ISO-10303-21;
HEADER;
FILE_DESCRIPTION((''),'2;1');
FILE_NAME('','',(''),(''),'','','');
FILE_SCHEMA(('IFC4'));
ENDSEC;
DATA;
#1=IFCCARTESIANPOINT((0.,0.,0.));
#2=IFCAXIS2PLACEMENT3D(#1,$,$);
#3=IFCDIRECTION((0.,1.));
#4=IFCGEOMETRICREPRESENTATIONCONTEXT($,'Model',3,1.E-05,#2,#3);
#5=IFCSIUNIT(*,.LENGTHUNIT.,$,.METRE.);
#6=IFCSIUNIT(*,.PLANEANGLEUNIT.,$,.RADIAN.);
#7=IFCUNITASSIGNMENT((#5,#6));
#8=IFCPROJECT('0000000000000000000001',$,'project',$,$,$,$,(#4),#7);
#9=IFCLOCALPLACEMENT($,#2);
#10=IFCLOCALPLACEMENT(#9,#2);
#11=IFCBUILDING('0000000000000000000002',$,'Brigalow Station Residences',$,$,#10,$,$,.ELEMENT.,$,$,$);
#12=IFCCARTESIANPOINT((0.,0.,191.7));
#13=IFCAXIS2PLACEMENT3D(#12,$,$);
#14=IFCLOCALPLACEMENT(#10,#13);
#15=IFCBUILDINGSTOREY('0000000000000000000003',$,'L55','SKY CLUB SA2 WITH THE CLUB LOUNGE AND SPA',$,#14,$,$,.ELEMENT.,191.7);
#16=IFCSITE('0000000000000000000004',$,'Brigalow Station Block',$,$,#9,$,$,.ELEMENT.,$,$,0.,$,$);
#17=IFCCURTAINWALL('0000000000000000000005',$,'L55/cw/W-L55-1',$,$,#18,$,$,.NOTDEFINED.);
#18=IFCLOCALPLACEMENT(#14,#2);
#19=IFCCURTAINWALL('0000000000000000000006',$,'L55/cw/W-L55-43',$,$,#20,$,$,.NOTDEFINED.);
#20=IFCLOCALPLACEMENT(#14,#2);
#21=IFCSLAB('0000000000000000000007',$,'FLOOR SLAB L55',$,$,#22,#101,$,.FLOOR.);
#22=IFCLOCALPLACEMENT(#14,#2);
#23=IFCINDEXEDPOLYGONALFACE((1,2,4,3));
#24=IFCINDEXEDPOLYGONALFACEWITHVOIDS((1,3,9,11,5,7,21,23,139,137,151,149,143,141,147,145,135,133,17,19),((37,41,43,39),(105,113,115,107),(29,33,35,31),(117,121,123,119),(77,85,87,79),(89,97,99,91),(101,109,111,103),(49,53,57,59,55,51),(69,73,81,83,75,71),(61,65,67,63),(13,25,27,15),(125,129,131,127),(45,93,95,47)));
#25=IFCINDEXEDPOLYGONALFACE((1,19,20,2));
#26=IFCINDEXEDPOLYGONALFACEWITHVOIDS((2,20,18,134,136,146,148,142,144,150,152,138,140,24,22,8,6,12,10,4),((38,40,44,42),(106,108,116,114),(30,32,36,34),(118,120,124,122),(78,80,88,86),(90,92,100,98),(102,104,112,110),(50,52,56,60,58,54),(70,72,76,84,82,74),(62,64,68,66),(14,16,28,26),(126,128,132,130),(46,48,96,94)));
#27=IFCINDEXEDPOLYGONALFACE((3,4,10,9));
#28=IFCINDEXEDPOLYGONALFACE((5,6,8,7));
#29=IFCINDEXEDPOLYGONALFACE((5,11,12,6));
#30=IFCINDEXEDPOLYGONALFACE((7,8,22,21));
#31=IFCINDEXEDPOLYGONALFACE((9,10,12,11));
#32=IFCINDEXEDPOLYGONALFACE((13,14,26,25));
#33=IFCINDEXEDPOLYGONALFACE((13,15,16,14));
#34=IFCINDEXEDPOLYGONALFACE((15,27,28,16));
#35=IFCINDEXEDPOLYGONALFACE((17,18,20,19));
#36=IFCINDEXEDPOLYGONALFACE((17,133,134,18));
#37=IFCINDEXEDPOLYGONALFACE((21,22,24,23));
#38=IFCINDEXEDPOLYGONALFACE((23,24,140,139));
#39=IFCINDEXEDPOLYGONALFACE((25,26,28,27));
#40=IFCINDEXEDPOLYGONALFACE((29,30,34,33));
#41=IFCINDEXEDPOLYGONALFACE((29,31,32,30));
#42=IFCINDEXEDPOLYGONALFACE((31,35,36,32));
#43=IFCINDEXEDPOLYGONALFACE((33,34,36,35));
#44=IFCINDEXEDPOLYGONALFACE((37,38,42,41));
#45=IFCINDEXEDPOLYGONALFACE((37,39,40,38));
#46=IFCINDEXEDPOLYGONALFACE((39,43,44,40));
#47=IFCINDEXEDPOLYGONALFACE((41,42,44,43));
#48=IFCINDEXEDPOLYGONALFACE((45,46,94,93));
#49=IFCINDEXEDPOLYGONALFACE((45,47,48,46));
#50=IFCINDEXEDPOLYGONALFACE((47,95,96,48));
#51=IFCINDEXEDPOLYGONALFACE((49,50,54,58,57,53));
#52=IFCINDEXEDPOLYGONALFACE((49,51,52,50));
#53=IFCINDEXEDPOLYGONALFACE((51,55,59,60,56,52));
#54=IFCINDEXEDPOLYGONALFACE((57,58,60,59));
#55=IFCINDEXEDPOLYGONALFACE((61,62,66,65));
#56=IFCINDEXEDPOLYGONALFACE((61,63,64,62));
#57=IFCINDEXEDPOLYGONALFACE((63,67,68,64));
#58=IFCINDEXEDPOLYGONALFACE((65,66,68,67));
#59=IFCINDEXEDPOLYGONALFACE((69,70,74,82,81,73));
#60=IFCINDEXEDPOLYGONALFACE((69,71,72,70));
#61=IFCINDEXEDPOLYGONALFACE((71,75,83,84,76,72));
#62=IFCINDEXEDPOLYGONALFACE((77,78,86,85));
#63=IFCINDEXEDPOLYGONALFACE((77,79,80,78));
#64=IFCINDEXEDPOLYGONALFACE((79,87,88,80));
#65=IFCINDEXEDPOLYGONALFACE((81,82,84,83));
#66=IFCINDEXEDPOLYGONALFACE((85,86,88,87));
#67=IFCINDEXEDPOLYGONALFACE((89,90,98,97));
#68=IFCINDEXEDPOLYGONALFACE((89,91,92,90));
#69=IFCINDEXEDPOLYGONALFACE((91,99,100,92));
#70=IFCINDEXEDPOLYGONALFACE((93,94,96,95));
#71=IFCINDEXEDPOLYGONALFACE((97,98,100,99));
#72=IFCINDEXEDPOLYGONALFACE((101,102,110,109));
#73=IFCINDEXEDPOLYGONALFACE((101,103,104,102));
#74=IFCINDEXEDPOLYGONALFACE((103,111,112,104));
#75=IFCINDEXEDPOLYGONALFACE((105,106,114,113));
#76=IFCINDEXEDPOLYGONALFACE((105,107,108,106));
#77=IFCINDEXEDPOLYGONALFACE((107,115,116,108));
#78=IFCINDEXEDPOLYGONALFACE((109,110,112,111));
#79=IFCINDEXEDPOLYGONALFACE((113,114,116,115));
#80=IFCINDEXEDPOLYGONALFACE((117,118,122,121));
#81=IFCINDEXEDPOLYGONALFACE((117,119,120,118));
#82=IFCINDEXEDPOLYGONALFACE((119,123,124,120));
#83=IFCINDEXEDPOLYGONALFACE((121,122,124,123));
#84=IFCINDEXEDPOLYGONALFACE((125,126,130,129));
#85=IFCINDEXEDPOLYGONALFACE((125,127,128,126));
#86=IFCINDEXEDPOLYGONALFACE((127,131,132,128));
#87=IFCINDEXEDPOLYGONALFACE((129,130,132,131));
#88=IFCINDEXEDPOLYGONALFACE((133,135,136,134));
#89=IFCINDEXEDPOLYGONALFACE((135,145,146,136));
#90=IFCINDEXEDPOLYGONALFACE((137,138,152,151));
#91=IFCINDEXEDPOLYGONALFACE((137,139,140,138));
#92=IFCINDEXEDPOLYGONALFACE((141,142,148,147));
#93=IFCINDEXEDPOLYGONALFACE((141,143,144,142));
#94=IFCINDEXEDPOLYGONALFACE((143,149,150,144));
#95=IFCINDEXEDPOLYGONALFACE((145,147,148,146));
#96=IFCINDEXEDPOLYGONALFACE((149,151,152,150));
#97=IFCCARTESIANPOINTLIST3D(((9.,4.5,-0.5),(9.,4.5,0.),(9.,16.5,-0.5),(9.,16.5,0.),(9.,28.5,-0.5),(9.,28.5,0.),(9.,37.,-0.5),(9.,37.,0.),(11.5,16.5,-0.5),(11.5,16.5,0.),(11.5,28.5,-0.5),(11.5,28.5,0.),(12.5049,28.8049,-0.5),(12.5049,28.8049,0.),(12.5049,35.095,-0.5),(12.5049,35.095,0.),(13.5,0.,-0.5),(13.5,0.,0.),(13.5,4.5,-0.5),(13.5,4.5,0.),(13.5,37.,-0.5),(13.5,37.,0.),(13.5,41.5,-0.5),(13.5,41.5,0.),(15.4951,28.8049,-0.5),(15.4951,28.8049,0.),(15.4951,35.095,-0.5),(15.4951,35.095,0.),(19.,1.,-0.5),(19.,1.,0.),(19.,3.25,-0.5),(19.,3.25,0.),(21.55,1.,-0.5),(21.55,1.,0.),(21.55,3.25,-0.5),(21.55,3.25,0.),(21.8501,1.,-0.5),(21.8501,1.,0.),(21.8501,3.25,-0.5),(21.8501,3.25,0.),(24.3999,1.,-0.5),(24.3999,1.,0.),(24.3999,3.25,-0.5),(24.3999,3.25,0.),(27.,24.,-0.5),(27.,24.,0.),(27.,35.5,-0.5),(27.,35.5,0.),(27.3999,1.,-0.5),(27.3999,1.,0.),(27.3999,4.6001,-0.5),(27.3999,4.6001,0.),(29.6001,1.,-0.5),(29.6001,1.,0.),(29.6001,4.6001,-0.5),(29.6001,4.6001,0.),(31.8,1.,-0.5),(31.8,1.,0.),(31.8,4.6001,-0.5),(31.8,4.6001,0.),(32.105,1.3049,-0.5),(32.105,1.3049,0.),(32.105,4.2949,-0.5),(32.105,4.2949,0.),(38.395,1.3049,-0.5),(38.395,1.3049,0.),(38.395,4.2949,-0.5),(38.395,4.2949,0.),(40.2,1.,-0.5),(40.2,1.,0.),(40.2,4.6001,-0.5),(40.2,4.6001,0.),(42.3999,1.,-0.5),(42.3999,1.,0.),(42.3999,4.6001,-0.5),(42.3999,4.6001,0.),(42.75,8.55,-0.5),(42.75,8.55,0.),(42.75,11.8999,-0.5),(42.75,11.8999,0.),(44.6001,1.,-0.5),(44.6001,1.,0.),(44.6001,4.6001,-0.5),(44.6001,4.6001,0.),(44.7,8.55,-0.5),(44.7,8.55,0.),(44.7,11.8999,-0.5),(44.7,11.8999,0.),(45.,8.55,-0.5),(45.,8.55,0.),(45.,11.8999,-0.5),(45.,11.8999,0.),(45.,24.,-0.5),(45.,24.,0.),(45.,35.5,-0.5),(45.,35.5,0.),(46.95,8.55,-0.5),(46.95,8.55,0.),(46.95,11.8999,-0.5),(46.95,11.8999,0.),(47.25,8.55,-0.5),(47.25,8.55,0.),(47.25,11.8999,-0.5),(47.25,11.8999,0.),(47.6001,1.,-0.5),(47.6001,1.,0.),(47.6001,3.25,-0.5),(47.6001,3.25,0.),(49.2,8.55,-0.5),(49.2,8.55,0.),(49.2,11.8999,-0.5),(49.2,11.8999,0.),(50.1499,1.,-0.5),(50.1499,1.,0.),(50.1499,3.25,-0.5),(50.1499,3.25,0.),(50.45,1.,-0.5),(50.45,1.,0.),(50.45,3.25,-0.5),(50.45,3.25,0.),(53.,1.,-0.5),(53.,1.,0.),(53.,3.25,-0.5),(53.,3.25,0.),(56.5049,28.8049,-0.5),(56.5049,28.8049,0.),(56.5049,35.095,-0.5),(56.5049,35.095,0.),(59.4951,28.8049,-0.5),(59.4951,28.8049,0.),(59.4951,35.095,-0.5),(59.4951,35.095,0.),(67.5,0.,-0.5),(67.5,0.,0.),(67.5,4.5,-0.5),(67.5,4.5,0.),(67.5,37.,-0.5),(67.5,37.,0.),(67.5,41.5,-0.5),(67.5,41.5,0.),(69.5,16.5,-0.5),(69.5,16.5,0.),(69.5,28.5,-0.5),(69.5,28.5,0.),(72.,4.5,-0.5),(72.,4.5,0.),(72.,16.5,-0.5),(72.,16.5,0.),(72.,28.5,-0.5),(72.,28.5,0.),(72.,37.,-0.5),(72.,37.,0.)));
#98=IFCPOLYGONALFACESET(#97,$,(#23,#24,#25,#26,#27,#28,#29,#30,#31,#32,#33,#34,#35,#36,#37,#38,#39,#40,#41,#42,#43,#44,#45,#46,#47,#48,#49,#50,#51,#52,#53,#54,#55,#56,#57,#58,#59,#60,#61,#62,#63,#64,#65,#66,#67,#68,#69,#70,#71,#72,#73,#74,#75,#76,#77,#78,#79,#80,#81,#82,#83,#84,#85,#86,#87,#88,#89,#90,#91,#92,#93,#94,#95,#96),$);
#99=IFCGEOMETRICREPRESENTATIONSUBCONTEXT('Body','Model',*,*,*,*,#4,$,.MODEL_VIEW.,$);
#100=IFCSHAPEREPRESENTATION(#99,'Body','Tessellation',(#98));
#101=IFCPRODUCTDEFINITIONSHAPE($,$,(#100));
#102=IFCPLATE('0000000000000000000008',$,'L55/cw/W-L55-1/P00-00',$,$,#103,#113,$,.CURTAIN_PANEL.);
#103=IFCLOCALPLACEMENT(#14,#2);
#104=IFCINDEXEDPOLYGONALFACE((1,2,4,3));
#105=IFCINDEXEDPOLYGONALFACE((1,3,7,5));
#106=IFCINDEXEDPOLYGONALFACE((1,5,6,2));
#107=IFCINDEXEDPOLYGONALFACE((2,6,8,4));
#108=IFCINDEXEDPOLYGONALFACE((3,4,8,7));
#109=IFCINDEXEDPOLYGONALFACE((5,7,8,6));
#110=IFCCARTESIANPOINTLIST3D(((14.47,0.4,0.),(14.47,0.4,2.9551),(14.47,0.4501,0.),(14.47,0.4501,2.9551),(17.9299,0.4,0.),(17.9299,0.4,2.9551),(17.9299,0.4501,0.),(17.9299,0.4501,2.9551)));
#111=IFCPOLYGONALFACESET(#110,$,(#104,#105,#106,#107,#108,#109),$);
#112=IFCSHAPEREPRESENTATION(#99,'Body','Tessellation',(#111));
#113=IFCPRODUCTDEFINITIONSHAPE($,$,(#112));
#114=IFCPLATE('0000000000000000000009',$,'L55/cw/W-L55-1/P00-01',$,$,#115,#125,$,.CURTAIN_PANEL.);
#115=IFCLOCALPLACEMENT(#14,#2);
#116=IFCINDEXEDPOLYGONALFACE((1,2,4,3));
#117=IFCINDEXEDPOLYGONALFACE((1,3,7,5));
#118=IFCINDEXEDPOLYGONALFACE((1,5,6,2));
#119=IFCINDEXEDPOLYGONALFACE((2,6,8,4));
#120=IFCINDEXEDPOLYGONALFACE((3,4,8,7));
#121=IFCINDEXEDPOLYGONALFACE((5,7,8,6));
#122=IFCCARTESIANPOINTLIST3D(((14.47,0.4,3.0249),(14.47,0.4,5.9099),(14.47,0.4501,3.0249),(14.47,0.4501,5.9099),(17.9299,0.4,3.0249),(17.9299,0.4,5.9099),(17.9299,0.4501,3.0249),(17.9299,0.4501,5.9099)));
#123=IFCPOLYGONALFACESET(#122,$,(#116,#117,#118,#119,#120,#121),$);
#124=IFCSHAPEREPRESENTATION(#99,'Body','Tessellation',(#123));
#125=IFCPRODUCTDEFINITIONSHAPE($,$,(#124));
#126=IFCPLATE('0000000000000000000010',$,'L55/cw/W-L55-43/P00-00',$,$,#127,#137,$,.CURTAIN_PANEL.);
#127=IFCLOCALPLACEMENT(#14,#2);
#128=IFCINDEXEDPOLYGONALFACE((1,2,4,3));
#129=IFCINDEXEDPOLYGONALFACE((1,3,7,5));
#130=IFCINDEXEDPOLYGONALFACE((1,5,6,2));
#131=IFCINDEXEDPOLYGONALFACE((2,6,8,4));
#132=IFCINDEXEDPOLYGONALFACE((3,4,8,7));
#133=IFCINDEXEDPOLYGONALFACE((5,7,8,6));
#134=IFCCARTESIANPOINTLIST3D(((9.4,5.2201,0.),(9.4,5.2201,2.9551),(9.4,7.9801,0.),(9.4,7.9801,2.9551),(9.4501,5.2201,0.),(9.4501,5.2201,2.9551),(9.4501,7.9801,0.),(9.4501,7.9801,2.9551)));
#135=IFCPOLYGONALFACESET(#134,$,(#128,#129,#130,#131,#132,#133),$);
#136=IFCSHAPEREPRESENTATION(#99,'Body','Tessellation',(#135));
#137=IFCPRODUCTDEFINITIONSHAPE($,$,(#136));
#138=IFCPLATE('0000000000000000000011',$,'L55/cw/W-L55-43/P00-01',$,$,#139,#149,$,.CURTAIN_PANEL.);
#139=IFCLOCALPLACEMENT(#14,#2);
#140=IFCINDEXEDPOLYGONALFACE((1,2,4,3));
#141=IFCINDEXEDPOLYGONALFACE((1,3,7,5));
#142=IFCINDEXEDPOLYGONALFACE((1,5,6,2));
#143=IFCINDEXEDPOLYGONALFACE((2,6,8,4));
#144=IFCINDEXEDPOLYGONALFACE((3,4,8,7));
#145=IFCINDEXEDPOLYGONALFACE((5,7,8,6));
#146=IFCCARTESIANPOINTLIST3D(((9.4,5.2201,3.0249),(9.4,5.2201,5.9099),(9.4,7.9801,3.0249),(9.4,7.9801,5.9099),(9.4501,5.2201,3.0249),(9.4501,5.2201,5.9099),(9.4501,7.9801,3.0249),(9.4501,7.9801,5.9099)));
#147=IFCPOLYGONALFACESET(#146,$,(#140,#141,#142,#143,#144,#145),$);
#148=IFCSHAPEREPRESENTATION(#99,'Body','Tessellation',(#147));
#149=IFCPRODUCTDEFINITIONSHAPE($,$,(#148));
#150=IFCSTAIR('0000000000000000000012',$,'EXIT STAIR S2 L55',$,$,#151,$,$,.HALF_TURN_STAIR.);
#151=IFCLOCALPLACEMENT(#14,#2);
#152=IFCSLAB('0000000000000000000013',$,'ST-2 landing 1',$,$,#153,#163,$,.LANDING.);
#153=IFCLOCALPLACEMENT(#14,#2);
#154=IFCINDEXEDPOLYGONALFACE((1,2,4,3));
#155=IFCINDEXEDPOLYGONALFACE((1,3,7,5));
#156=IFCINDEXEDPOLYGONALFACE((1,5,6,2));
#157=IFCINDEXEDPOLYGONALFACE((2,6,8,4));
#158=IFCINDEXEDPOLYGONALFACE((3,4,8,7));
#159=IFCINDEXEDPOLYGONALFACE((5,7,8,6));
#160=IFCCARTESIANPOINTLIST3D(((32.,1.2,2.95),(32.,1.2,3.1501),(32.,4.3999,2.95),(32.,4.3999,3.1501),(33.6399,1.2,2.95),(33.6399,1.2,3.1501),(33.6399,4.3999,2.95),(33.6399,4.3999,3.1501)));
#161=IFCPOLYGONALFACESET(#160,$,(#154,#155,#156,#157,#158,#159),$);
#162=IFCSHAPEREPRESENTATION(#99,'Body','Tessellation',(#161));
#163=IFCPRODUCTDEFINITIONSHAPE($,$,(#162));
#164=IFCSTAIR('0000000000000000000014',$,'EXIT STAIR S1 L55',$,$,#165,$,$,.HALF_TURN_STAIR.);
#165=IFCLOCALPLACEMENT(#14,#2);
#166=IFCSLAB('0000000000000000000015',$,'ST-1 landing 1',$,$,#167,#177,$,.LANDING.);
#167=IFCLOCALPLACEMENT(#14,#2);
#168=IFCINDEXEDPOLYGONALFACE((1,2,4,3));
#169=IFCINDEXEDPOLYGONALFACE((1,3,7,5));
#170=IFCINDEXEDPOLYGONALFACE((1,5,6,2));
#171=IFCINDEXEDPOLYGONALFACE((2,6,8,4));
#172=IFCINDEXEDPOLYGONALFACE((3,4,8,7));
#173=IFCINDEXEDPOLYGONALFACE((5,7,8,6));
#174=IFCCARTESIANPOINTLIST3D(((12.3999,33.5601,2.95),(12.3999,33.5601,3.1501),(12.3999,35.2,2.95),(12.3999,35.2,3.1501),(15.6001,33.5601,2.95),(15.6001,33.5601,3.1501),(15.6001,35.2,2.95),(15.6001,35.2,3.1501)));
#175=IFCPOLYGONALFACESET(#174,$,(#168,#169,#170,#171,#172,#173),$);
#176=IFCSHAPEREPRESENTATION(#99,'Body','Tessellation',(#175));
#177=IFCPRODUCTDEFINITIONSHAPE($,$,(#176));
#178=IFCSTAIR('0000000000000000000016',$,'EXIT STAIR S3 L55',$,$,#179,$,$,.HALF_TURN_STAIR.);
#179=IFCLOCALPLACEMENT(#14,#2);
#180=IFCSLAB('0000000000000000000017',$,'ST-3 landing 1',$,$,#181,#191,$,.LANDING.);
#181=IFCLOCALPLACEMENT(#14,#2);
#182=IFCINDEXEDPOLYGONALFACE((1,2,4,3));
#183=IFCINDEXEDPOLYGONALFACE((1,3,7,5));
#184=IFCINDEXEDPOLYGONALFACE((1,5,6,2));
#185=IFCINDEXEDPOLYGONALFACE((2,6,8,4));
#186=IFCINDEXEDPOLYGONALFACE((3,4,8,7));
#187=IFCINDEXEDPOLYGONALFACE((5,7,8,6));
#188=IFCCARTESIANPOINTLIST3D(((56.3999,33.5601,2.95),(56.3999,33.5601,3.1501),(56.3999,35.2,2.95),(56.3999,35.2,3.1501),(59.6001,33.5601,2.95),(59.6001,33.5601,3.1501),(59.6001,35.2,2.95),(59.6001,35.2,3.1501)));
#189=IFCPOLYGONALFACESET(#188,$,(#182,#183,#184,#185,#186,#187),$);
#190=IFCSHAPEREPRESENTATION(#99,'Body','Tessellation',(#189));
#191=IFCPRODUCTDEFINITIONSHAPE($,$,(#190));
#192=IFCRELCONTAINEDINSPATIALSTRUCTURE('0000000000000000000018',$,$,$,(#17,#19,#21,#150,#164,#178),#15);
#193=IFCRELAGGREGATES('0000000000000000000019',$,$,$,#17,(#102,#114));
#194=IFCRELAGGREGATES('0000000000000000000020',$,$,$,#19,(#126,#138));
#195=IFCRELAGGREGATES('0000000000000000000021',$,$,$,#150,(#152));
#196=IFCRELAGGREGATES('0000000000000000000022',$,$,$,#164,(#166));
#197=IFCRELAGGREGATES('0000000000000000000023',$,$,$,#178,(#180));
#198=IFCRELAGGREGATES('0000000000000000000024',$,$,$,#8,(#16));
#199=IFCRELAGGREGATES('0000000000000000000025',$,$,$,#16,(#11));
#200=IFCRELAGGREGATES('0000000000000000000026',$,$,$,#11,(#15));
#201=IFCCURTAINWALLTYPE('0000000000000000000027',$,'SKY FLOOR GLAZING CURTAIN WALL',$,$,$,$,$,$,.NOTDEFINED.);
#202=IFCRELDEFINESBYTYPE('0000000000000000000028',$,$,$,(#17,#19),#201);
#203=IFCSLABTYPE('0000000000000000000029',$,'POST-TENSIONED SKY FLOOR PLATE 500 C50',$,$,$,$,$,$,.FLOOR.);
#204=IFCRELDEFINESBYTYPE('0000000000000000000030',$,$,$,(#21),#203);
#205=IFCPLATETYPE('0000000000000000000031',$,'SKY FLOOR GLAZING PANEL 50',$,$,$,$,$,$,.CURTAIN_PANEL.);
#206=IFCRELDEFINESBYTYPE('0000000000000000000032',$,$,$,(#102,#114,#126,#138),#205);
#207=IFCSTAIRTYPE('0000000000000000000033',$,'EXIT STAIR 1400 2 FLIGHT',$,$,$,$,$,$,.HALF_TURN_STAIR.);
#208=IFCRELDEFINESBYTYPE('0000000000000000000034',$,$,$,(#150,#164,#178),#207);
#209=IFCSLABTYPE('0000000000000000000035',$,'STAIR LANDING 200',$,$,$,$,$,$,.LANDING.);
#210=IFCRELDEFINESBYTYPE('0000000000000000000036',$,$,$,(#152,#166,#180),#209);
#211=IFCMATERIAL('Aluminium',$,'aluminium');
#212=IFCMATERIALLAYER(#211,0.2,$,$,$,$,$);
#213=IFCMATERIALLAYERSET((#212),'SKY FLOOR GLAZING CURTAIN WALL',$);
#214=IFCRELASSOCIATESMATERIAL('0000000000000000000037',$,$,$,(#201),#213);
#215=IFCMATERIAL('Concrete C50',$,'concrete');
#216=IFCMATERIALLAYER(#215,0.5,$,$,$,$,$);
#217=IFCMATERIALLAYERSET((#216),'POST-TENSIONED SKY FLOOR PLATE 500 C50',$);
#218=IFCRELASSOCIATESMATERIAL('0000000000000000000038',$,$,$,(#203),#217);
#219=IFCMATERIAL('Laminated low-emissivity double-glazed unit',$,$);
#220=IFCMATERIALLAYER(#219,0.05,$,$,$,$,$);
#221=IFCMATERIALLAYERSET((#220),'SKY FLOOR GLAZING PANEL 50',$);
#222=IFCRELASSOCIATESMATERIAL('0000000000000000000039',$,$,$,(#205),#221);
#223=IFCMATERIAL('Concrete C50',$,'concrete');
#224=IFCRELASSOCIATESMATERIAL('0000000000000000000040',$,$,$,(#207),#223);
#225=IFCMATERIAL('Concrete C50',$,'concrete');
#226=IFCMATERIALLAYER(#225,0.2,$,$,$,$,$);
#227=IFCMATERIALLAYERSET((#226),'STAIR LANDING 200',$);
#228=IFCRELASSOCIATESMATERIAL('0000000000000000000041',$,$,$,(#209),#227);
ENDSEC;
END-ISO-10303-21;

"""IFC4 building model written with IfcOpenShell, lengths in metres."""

from ifc_helpers import new_model, si_unit, direction, frame, origin, origin_2d, place, context, subcontext, project, spatial, polyline, rectangle, outline, extrude, material, layer, layer_set, type_object, element, aggregate, save


model = new_model("IFC4")

# Units and contexts
model_context = context("Model", 3, precision=1e-05, world=origin(), true_north=direction((0.0, 1.0)))
body_context = subcontext(model_context, "Body", "Model", "MODEL_VIEW")
ifc_project = project(units=[si_unit("LENGTHUNIT", "METRE"), si_unit("PLANEANGLEUNIT", "RADIAN")], contexts=[model_context])

# Site, building, storey
site_placement = place(None, origin())
site = spatial("IfcSite", under=ifc_project, at=site_placement, Name="Brigalow Station Block", CompositionType="ELEMENT", RefElevation=0.0)
building_placement = place(site_placement, origin())
building = spatial("IfcBuilding", under=site, at=building_placement, Name="Brigalow Station Residences", CompositionType="ELEMENT")
storey_placement = place(building_placement, frame((0.0, 0.0, 191.7)))
storey = spatial("IfcBuildingStorey", under=building, at=storey_placement, Name="L55", Description="SKY CLUB SA2 WITH THE CLUB LOUNGE AND SPA", CompositionType="ELEMENT", Elevation=191.7)

# Curtain wall
ifc_material_1 = material(Name="Aluminium", Category="aluminium")
ifc_layer_1 = layer(ifc_material_1, 0.2)
ifc_layer_set_1 = layer_set([ifc_layer_1], Name="SKY FLOOR GLAZING CURTAIN WALL")
curtain_wall_type = type_object("IfcCurtainWallType", Name="SKY FLOOR GLAZING CURTAIN WALL", PredefinedType="NOTDEFINED", material=ifc_layer_set_1)
curtain_wall_1_placement = place(storey_placement, origin())
curtain_wall_1 = element("IfcCurtainWall", 1, at=curtain_wall_1_placement, inside=storey, type_object=curtain_wall_type, Name="L55/cw/W-L55-1", PredefinedType="NOTDEFINED")

# Curtain wall
curtain_wall_2_placement = place(storey_placement, origin())
curtain_wall_2 = element("IfcCurtainWall", 2, at=curtain_wall_2_placement, inside=storey, type_object=curtain_wall_type, Name="L55/cw/W-L55-43", PredefinedType="NOTDEFINED")

# Slab
ifc_material_2 = material(Name="Concrete C50", Category="concrete")
ifc_layer_2 = layer(ifc_material_2, 0.5)
ifc_layer_set_2 = layer_set([ifc_layer_2], Name="POST-TENSIONED SKY FLOOR PLATE 500 C50")
slab_type_1 = type_object("IfcSlabType", Name="POST-TENSIONED SKY FLOOR PLATE 500 C50", PredefinedType="FLOOR", material=ifc_layer_set_2)
slab_1_placement = place(storey_placement, frame((0.0, 0.0, -0.5)))
element("IfcSlab", 3, at=slab_1_placement, inside=storey, type_object=slab_type_1, Name="FLOOR SLAB L55", PredefinedType="FLOOR", context=body_context, shape_type="SweptSolid", body=[
    extrude(outline(polyline([(13.5, 0.0), (67.5, 0.0), (67.5, 4.5), (72.0, 4.5), (72.0, 16.5), (69.5, 16.5), (69.5, 28.5), (72.0, 28.5), (72.0, 37.0), (67.5, 37.0), (67.5, 41.5), (13.5, 41.5), (13.5, 37.0), (9.0, 37.0), (9.0, 28.5), (11.5, 28.5), (11.5, 16.5), (9.0, 16.5), (9.0, 4.5), (13.5, 4.5), (13.5, 0.0)]), holes=[polyline([(12.5049, 35.095), (15.4951, 35.095), (15.4951, 28.8049), (12.5049, 28.8049), (12.5049, 35.095)]), polyline([(19.0, 1.0), (19.0, 3.25), (21.55, 3.25), (21.55, 1.0), (19.0, 1.0)]), polyline([(21.8501, 3.25), (24.3999, 3.25), (24.3999, 1.0), (21.8501, 1.0), (21.8501, 3.25)]), polyline([(27.0, 35.5), (45.0, 35.5), (45.0, 24.0), (27.0, 24.0), (27.0, 35.5)]), polyline([(29.6001, 4.6001), (31.8, 4.6001), (31.8, 1.0), (29.6001, 1.0), (27.3999, 1.0), (27.3999, 4.6001), (29.6001, 4.6001)]), polyline([(32.105, 4.2949), (38.395, 4.2949), (38.395, 1.3049), (32.105, 1.3049), (32.105, 4.2949)]), polyline([(40.2, 4.6001), (42.3999, 4.6001), (44.6001, 4.6001), (44.6001, 1.0), (42.3999, 1.0), (40.2, 1.0), (40.2, 4.6001)]), polyline([(42.75, 11.8999), (44.7, 11.8999), (44.7, 8.55), (42.75, 8.55), (42.75, 11.8999)]), polyline([(45.0, 11.8999), (46.95, 11.8999), (46.95, 8.55), (45.0, 8.55), (45.0, 11.8999)]), polyline([(47.25, 11.8999), (49.2, 11.8999), (49.2, 8.55), (47.25, 8.55), (47.25, 11.8999)]), polyline([(47.6001, 3.25), (50.1499, 3.25), (50.1499, 1.0), (47.6001, 1.0), (47.6001, 3.25)]), polyline([(50.45, 3.25), (53.0, 3.25), (53.0, 1.0), (50.45, 1.0), (50.45, 3.25)]), polyline([(56.5049, 35.095), (59.4951, 35.095), (59.4951, 28.8049), (56.5049, 28.8049), (56.5049, 35.095)])]), origin(), (0.0, 0.0, 1.0), 0.5),
])

# Plates
ifc_material_3 = material(Name="Laminated low-emissivity double-glazed unit")
ifc_layer_3 = layer(ifc_material_3, 0.05)
ifc_layer_set_3 = layer_set([ifc_layer_3], Name="SKY FLOOR GLAZING PANEL 50")
plate_type = type_object("IfcPlateType", Name="SKY FLOOR GLAZING PANEL 50", PredefinedType="CURTAIN_PANEL", material=ifc_layer_set_3)
plate_1_placement = place(storey_placement, frame((16.2, 0.425, 0.0), z_axis=(0.0, 0.0, 1.0), x_axis=(1.0, 0.0, 0.0)))
plate_1 = element("IfcPlate", 4, at=plate_1_placement, type_object=plate_type, Name="L55/cw/W-L55-1/P00-00", PredefinedType="CURTAIN_PANEL", context=body_context, shape_type="SweptSolid", body=[
    extrude(rectangle(XDim=3.46, YDim=0.05, at=origin_2d()), origin(), (0.0, 0.0, 1.0), 2.9551),
])
plate_2_placement = place(storey_placement, frame((16.2, 0.425, 3.0249), z_axis=(0.0, 0.0, 1.0), x_axis=(1.0, 0.0, 0.0)))
plate_2 = element("IfcPlate", 5, at=plate_2_placement, type_object=plate_type, Name="L55/cw/W-L55-1/P00-01", PredefinedType="CURTAIN_PANEL", context=body_context, shape_type="SweptSolid", body=[
    extrude(rectangle(XDim=3.46, YDim=0.05, at=origin_2d()), origin(), (0.0, 0.0, 1.0), 2.885),
])
aggregate(curtain_wall_1, [plate_1, plate_2])
plate_3_placement = place(storey_placement, frame((9.425, 6.6001, 0.0), z_axis=(0.0, 0.0, 1.0), x_axis=(0.0, -1.0, 0.0)))
plate_3 = element("IfcPlate", 6, at=plate_3_placement, type_object=plate_type, Name="L55/cw/W-L55-43/P00-00", PredefinedType="CURTAIN_PANEL", context=body_context, shape_type="SweptSolid", body=[
    extrude(rectangle(XDim=2.76, YDim=0.05, at=origin_2d()), origin(), (0.0, 0.0, 1.0), 2.9551),
])
plate_4_placement = place(storey_placement, frame((9.425, 6.6001, 3.0249), z_axis=(0.0, 0.0, 1.0), x_axis=(0.0, -1.0, 0.0)))
plate_4 = element("IfcPlate", 7, at=plate_4_placement, type_object=plate_type, Name="L55/cw/W-L55-43/P00-01", PredefinedType="CURTAIN_PANEL", context=body_context, shape_type="SweptSolid", body=[
    extrude(rectangle(XDim=2.76, YDim=0.05, at=origin_2d()), origin(), (0.0, 0.0, 1.0), 2.885),
])
aggregate(curtain_wall_2, [plate_3, plate_4])

# Stairs, slabs
ifc_material_4 = material(Name="Concrete C50", Category="concrete")
stair_type = type_object("IfcStairType", Name="EXIT STAIR 1400 2 FLIGHT", PredefinedType="HALF_TURN_STAIR", material=ifc_material_4)
stair_1_placement = place(storey_placement, origin())
stair_1 = element("IfcStair", 8, at=stair_1_placement, inside=storey, type_object=stair_type, Name="EXIT STAIR S2 L55", PredefinedType="HALF_TURN_STAIR")
ifc_material_5 = material(Name="Concrete C50", Category="concrete")
ifc_layer_4 = layer(ifc_material_5, 0.2)
ifc_layer_set_4 = layer_set([ifc_layer_4], Name="STAIR LANDING 200")
slab_type_2 = type_object("IfcSlabType", Name="STAIR LANDING 200", PredefinedType="LANDING", material=ifc_layer_set_4)
slab_2_placement = place(storey_placement, frame((0.0, 0.0, 2.95)))
slab_2 = element("IfcSlab", 9, at=slab_2_placement, type_object=slab_type_2, Name="ST-2 landing 1", PredefinedType="LANDING", context=body_context, shape_type="SweptSolid", body=[
    extrude(outline(polyline([(32.0, 1.2), (33.6399, 1.2), (33.6399, 4.3999), (32.0, 4.3999), (32.0, 1.2)])), origin(), (0.0, 0.0, 1.0), 0.2002),
])
aggregate(stair_1, [slab_2])
stair_2_placement = place(storey_placement, origin())
stair_2 = element("IfcStair", 10, at=stair_2_placement, inside=storey, type_object=stair_type, Name="EXIT STAIR S1 L55", PredefinedType="HALF_TURN_STAIR")
slab_3_placement = place(storey_placement, frame((0.0, 0.0, 2.95)))
slab_3 = element("IfcSlab", 11, at=slab_3_placement, type_object=slab_type_2, Name="ST-1 landing 1", PredefinedType="LANDING", context=body_context, shape_type="SweptSolid", body=[
    extrude(outline(polyline([(12.3999, 33.5601), (15.6001, 33.5601), (15.6001, 35.2), (12.3999, 35.2), (12.3999, 33.5601)])), origin(), (0.0, 0.0, 1.0), 0.2002),
])
aggregate(stair_2, [slab_3])
stair_3_placement = place(storey_placement, origin())
stair_3 = element("IfcStair", 12, at=stair_3_placement, inside=storey, type_object=stair_type, Name="EXIT STAIR S3 L55", PredefinedType="HALF_TURN_STAIR")
slab_4_placement = place(storey_placement, frame((0.0, 0.0, 2.95)))
slab_4 = element("IfcSlab", 13, at=slab_4_placement, type_object=slab_type_2, Name="ST-3 landing 1", PredefinedType="LANDING", context=body_context, shape_type="SweptSolid", body=[
    extrude(outline(polyline([(56.3999, 33.5601), (59.6001, 33.5601), (59.6001, 35.2), (56.3999, 35.2), (56.3999, 33.5601)])), origin(), (0.0, 0.0, 1.0), 0.2002),
])
aggregate(stair_3, [slab_4])

save(model, "model.ifc")
